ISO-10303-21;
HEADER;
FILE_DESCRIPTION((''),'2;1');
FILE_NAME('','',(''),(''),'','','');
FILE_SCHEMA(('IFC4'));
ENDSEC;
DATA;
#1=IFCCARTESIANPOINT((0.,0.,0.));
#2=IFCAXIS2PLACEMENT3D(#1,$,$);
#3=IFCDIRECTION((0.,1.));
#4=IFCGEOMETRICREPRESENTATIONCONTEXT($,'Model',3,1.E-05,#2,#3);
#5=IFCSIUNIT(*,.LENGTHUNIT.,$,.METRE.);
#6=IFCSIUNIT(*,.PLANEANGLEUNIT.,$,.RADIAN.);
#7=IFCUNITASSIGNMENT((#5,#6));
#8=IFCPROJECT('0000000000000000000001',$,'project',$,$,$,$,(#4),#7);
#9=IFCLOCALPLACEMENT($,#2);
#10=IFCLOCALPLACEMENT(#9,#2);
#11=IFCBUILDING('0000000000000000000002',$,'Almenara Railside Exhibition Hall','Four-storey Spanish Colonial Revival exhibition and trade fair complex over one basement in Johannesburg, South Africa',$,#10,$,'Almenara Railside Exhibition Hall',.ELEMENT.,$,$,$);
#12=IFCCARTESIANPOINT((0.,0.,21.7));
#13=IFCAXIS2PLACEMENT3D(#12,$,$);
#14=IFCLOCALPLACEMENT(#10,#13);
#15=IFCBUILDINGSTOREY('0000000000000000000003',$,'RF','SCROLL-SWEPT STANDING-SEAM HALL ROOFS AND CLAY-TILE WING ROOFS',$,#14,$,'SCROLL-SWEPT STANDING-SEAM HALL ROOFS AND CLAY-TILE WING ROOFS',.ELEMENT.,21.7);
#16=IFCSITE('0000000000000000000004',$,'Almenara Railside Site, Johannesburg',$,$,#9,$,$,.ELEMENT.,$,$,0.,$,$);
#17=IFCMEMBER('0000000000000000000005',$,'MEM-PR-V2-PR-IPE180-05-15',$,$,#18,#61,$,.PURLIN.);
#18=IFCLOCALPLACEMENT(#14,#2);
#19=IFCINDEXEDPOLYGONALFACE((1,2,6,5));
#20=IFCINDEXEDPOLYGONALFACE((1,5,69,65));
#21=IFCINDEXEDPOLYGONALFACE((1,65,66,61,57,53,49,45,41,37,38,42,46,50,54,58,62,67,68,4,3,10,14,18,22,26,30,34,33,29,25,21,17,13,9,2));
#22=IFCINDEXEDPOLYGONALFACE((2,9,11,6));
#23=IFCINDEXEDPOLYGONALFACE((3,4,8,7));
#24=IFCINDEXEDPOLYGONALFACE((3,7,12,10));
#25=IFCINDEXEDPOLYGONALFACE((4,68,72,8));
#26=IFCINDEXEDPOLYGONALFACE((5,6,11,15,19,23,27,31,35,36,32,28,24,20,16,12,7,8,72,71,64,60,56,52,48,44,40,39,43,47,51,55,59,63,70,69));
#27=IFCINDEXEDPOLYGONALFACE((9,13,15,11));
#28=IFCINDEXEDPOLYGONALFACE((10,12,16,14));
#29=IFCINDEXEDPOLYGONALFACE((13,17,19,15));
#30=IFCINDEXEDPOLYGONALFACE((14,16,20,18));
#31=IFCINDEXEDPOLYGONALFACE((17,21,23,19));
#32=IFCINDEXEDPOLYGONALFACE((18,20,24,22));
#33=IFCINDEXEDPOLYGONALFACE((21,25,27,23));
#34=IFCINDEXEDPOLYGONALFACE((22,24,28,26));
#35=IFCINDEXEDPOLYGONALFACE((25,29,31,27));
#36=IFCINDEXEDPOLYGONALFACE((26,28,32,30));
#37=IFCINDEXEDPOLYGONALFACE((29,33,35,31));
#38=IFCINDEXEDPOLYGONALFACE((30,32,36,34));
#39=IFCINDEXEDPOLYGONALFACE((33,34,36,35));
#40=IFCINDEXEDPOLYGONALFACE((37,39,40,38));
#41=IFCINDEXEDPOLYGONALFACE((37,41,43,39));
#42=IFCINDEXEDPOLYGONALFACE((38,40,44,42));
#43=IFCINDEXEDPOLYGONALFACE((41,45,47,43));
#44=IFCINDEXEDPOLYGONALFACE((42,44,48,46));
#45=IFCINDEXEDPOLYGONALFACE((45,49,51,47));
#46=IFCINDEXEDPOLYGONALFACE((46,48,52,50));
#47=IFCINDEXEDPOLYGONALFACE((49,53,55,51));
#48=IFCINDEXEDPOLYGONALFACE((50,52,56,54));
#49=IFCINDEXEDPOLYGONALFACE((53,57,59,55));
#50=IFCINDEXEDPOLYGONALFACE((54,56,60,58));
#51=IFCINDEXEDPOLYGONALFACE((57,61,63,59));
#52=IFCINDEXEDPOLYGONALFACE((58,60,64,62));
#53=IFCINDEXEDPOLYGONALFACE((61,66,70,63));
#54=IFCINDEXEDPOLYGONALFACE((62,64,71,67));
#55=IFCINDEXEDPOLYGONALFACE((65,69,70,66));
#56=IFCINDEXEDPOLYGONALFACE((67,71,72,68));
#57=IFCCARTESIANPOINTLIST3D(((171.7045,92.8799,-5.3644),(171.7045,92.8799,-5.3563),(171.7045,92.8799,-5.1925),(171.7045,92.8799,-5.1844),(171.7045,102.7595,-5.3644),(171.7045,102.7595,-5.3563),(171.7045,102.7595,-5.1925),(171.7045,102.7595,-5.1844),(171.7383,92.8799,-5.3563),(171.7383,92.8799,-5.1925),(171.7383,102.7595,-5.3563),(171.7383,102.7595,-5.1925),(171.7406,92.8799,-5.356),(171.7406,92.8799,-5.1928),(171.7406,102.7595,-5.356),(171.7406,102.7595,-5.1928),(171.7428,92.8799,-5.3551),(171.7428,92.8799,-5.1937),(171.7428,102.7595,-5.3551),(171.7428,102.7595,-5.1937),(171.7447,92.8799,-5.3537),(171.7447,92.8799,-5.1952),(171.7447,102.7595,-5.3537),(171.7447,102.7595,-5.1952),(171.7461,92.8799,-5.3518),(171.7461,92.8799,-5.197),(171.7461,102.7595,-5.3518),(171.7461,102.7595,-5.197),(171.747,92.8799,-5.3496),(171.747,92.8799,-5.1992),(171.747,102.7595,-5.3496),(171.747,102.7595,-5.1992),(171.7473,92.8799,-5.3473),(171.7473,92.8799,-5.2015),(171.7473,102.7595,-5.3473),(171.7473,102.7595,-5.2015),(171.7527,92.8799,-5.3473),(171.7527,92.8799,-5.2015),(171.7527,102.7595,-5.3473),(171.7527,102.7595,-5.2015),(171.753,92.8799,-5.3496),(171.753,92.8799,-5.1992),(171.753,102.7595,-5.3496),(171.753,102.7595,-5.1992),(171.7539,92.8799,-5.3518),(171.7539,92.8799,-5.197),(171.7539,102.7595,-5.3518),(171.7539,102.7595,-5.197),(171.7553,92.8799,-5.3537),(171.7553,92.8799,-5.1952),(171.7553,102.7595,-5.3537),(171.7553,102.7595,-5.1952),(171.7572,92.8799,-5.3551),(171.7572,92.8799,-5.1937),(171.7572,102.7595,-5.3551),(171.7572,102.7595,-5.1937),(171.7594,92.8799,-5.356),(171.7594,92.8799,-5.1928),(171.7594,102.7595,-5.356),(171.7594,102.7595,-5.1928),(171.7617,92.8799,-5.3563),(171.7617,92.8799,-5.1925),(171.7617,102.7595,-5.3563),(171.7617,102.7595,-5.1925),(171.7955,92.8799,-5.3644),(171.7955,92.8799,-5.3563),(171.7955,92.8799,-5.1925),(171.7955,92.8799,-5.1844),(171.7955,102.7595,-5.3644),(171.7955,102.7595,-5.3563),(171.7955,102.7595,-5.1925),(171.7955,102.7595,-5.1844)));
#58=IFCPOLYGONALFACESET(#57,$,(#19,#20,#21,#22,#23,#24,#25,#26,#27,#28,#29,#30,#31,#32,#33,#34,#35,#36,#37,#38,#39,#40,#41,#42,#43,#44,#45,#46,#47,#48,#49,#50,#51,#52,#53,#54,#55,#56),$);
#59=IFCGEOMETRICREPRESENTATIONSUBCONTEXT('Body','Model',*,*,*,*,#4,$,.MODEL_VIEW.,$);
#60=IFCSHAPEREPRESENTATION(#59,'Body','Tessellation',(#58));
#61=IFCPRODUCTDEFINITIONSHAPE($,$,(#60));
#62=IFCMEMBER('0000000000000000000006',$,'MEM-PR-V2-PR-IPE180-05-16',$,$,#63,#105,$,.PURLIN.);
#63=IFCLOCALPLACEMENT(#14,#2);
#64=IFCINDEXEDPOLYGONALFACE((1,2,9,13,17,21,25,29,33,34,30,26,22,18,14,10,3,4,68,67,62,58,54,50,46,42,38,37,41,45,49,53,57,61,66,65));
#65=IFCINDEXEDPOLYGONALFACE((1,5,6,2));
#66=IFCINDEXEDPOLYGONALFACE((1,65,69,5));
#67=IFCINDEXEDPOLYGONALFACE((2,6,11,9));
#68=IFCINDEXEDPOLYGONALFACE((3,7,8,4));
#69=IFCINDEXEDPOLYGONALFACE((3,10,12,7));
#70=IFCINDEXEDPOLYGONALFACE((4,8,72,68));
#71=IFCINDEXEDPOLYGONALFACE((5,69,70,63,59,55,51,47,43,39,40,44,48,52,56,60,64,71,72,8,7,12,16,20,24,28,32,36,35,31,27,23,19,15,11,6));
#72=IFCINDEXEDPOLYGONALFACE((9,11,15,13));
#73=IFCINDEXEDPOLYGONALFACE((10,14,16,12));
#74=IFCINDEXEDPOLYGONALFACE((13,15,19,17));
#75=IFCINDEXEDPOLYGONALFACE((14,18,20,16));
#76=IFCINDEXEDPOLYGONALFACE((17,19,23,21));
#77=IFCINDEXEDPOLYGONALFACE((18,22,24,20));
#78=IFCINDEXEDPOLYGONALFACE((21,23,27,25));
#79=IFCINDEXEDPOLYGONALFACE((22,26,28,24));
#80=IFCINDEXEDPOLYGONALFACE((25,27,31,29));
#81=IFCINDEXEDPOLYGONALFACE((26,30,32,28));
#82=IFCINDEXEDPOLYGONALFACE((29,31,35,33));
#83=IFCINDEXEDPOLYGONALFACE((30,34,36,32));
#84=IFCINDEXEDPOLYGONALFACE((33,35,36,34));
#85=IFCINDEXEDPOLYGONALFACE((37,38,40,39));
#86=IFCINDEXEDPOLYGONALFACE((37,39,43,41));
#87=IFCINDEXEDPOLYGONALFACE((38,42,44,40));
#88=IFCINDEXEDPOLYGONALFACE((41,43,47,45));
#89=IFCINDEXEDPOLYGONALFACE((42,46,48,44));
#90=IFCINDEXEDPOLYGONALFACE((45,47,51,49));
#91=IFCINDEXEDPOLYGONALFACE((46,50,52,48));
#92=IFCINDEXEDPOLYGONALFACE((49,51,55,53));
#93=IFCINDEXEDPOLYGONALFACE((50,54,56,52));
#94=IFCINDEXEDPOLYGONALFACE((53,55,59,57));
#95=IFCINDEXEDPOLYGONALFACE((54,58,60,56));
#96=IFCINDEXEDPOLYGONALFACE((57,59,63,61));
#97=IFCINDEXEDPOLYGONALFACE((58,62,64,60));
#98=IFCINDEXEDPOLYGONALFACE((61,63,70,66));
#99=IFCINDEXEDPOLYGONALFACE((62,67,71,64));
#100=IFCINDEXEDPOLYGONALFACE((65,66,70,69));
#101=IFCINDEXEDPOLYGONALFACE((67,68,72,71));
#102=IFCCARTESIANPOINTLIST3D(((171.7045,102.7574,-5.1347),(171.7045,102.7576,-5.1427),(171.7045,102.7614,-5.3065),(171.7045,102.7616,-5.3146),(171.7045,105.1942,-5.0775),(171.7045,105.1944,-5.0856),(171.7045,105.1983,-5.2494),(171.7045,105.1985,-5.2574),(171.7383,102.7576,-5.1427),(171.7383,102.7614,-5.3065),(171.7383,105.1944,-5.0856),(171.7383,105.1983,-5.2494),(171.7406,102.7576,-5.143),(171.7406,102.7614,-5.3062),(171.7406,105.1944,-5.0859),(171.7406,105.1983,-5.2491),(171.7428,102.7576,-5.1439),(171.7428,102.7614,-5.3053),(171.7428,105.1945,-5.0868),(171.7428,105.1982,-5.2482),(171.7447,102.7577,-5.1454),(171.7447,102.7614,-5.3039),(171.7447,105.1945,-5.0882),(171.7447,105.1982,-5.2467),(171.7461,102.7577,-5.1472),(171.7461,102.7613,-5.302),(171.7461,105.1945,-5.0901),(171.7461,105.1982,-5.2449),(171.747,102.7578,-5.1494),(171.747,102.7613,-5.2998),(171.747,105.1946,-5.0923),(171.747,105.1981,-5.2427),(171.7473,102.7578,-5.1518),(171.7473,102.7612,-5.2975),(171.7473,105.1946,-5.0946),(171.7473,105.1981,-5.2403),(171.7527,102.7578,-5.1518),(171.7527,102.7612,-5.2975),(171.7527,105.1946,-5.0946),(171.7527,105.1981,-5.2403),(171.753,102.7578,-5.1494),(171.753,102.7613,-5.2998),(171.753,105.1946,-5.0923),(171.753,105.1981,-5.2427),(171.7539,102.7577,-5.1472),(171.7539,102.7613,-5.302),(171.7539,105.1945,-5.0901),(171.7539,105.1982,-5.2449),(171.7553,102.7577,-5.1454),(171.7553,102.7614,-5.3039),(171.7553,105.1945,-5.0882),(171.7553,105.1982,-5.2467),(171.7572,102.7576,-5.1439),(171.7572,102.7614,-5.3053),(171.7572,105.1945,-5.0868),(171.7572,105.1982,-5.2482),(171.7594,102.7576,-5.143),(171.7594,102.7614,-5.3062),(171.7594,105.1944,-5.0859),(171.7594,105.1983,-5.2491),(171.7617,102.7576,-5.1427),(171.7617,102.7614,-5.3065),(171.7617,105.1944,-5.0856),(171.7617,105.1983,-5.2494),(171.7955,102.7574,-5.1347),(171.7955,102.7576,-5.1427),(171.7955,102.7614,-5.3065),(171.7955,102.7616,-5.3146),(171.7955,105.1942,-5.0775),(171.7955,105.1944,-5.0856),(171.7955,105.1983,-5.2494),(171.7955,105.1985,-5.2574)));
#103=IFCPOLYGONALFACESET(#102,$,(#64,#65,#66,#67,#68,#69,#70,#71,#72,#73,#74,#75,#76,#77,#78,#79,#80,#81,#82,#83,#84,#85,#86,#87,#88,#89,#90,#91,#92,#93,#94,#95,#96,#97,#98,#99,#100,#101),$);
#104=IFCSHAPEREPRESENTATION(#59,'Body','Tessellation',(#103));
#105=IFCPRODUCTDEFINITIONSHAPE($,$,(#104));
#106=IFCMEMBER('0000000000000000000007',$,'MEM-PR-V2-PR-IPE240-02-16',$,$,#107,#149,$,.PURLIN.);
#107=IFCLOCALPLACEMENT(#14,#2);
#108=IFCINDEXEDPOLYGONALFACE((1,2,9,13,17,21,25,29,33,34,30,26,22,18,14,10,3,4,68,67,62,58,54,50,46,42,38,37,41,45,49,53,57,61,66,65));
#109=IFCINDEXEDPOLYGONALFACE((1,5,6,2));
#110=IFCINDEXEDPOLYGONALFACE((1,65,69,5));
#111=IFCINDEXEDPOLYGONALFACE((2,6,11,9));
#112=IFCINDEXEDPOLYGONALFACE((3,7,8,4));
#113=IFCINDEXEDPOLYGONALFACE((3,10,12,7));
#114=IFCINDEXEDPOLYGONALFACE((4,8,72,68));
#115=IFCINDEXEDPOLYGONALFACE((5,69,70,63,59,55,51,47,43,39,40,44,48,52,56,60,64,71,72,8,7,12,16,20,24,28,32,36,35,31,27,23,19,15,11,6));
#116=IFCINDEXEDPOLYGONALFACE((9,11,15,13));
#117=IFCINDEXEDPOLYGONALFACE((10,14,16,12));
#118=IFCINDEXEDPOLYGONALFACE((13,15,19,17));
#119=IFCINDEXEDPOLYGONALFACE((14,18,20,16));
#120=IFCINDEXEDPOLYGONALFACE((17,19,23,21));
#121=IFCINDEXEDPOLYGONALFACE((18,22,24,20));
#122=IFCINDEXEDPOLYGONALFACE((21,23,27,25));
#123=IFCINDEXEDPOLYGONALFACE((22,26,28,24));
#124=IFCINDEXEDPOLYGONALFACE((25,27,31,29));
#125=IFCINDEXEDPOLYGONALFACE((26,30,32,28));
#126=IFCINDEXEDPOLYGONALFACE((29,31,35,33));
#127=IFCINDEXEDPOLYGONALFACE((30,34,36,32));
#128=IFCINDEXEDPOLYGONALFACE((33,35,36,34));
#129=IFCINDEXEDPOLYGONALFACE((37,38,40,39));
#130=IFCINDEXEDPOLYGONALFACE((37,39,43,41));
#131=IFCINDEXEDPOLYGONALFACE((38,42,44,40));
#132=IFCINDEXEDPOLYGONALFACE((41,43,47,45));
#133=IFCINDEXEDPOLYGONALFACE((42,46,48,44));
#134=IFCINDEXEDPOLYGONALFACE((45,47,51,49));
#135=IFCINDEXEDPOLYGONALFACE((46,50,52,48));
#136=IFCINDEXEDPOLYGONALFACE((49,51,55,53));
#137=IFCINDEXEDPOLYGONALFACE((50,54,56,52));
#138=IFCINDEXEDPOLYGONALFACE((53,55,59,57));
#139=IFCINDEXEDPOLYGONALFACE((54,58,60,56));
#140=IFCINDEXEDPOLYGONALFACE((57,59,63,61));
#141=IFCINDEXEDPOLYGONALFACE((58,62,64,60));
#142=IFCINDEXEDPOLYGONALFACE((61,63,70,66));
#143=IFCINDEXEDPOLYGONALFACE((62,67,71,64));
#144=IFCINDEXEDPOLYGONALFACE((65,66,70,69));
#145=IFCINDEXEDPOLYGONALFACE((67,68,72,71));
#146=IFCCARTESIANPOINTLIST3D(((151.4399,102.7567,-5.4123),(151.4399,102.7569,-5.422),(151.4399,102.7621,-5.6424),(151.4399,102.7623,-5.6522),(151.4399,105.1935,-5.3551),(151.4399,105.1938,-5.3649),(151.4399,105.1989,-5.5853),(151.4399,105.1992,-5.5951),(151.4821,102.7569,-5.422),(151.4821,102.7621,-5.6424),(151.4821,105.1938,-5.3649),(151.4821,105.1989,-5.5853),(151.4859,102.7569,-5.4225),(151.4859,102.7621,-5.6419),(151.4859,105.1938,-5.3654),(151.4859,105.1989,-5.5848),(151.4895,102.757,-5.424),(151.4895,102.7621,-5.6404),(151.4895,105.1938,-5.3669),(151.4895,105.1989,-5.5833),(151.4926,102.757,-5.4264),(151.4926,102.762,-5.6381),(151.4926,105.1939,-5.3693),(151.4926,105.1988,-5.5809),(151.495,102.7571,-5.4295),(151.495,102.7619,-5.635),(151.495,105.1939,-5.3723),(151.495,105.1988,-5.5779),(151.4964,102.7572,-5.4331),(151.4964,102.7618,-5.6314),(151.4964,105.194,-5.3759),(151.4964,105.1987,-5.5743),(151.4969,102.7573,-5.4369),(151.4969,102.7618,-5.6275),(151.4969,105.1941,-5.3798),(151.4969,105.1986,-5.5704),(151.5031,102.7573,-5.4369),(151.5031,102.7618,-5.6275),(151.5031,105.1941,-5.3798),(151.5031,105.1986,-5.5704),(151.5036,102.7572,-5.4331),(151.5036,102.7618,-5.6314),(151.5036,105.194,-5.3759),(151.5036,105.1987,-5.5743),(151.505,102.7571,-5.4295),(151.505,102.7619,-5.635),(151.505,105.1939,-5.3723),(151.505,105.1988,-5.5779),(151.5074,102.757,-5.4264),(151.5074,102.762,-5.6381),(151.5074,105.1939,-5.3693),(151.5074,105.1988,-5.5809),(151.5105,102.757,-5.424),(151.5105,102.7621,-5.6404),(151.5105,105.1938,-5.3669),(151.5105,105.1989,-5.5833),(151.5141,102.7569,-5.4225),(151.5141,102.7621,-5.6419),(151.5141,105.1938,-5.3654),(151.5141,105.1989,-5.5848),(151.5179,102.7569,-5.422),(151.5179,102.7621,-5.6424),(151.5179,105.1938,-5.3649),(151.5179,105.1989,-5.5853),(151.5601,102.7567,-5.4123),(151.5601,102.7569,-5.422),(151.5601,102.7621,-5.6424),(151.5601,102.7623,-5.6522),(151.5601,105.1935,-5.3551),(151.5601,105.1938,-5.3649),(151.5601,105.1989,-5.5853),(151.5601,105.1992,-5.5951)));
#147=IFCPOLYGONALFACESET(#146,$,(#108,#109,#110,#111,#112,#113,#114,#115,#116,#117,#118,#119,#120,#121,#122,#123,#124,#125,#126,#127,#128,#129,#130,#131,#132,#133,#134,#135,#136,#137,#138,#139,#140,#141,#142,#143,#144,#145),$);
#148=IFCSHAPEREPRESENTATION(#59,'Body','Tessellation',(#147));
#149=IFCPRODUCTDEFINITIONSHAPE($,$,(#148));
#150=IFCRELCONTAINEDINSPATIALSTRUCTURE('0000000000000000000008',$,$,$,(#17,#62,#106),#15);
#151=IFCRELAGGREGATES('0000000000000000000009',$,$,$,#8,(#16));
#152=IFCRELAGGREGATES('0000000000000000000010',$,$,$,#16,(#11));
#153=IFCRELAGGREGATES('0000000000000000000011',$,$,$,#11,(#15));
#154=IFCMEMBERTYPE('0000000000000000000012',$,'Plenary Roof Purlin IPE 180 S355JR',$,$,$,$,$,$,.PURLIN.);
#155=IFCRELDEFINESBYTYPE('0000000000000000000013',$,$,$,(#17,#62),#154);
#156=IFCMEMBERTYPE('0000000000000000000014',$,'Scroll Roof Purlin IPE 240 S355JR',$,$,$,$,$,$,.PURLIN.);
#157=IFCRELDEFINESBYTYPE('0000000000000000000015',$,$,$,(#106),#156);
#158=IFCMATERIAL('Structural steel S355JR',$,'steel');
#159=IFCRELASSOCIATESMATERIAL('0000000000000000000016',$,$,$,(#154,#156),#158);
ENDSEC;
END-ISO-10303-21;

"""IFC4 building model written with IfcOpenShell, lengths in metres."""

from ifc_helpers import new_model, si_unit, direction, frame, origin, origin_2d, place, context, subcontext, project, spatial, i_section, extrude, material, material_profile, profile_set, type_object, element, save


model = new_model("IFC4")

# Units and contexts
model_context = context("Model", 3, precision=1e-05, world=origin(), true_north=direction((0.0, 1.0)))
body_context = subcontext(model_context, "Body", "Model", "MODEL_VIEW")
ifc_project = project(units=[si_unit("LENGTHUNIT", "METRE"), si_unit("PLANEANGLEUNIT", "RADIAN")], contexts=[model_context])

# Site, building, storey
site_placement = place(None, origin())
site = spatial("IfcSite", under=ifc_project, at=site_placement, Name="Almenara Railside Site, Johannesburg", CompositionType="ELEMENT", RefElevation=0.0)
building_placement = place(site_placement, origin())
building = spatial("IfcBuilding", under=site, at=building_placement, Name="Almenara Railside Exhibition Hall", Description="Four-storey Spanish Colonial Revival exhibition and trade fair complex over one basement in Johannesburg, South Africa", LongName="Almenara Railside Exhibition Hall", CompositionType="ELEMENT")
storey_placement = place(building_placement, frame((0.0, 0.0, 21.7)))
storey = spatial("IfcBuildingStorey", under=building, at=storey_placement, Name="RF", Description="SCROLL-SWEPT STANDING-SEAM HALL ROOFS AND CLAY-TILE WING ROOFS", LongName="SCROLL-SWEPT STANDING-SEAM HALL ROOFS AND CLAY-TILE WING ROOFS", CompositionType="ELEMENT", Elevation=21.7)

# Members
ifc_material_1 = material(Name="Structural steel S355JR", Category="steel")
ifc_material_profile_1 = material_profile(ifc_material_1, i_section(OverallWidth=0.0911, OverallDepth=0.1799, WebThickness=0.0054, FlangeThickness=0.0081, FilletRadius=0.009, at=origin_2d()), Name="IPE 180")
ifc_profile_set_1 = profile_set([ifc_material_profile_1], Name="Structural steel S355JR")
member_type_1 = type_object("IfcMemberType", Name="Plenary Roof Purlin IPE 180 S355JR", PredefinedType="PURLIN", material=ifc_profile_set_1)
member_1_placement = place(storey_placement, frame((171.75, 92.8799, -5.2744), z_axis=(0.0, 1.0, 0.0), x_axis=(-1.0, 0.0, 0.0)))
element("IfcMember", 1, at=member_1_placement, inside=storey, type_object=member_type_1, Name="MEM-PR-V2-PR-IPE180-05-15", PredefinedType="PURLIN", context=body_context, shape_type="SweptSolid", body=[
    extrude(i_section(OverallWidth=0.0911, OverallDepth=0.1799, WebThickness=0.0054, FlangeThickness=0.0081, FilletRadius=0.009, at=origin_2d()), origin(), (0.0, 0.0, 1.0), 9.8796),
])
member_2_placement = place(storey_placement, frame((171.75, 102.7595, -5.2246), z_axis=(0.0, 0.999725, 0.023438), x_axis=(-1.0, 0.0, 0.0)))
element("IfcMember", 2, at=member_2_placement, inside=storey, type_object=member_type_1, Name="MEM-PR-V2-PR-IPE180-05-16", PredefinedType="PURLIN", context=body_context, shape_type="SweptSolid", body=[
    extrude(i_section(OverallWidth=0.0911, OverallDepth=0.1799, WebThickness=0.0054, FlangeThickness=0.0081, FilletRadius=0.009, at=origin_2d()), origin(), (0.0, 0.0, 1.0), 2.4375),
])
ifc_material_profile_2 = material_profile(ifc_material_1, i_section(OverallWidth=0.1201, OverallDepth=0.24, WebThickness=0.0061, FlangeThickness=0.0098, FilletRadius=0.0149, at=origin_2d()), Name="IPE 240")
ifc_profile_set_2 = profile_set([ifc_material_profile_2], Name="Structural steel S355JR")
member_type_2 = type_object("IfcMemberType", Name="Scroll Roof Purlin IPE 240 S355JR", PredefinedType="PURLIN", material=ifc_profile_set_2)
member_3_placement = place(storey_placement, frame((151.5, 102.7595, -5.5322), z_axis=(0.0, 0.999725, 0.023438), x_axis=(-1.0, 0.0, 0.0)))
element("IfcMember", 3, at=member_3_placement, inside=storey, type_object=member_type_2, Name="MEM-PR-V2-PR-IPE240-02-16", PredefinedType="PURLIN", context=body_context, shape_type="SweptSolid", body=[
    extrude(i_section(OverallWidth=0.1201, OverallDepth=0.24, WebThickness=0.0061, FlangeThickness=0.0098, FilletRadius=0.0149, at=origin_2d()), origin(), (0.0, 0.0, 1.0), 2.4375),
])

save(model, "model.ifc")
